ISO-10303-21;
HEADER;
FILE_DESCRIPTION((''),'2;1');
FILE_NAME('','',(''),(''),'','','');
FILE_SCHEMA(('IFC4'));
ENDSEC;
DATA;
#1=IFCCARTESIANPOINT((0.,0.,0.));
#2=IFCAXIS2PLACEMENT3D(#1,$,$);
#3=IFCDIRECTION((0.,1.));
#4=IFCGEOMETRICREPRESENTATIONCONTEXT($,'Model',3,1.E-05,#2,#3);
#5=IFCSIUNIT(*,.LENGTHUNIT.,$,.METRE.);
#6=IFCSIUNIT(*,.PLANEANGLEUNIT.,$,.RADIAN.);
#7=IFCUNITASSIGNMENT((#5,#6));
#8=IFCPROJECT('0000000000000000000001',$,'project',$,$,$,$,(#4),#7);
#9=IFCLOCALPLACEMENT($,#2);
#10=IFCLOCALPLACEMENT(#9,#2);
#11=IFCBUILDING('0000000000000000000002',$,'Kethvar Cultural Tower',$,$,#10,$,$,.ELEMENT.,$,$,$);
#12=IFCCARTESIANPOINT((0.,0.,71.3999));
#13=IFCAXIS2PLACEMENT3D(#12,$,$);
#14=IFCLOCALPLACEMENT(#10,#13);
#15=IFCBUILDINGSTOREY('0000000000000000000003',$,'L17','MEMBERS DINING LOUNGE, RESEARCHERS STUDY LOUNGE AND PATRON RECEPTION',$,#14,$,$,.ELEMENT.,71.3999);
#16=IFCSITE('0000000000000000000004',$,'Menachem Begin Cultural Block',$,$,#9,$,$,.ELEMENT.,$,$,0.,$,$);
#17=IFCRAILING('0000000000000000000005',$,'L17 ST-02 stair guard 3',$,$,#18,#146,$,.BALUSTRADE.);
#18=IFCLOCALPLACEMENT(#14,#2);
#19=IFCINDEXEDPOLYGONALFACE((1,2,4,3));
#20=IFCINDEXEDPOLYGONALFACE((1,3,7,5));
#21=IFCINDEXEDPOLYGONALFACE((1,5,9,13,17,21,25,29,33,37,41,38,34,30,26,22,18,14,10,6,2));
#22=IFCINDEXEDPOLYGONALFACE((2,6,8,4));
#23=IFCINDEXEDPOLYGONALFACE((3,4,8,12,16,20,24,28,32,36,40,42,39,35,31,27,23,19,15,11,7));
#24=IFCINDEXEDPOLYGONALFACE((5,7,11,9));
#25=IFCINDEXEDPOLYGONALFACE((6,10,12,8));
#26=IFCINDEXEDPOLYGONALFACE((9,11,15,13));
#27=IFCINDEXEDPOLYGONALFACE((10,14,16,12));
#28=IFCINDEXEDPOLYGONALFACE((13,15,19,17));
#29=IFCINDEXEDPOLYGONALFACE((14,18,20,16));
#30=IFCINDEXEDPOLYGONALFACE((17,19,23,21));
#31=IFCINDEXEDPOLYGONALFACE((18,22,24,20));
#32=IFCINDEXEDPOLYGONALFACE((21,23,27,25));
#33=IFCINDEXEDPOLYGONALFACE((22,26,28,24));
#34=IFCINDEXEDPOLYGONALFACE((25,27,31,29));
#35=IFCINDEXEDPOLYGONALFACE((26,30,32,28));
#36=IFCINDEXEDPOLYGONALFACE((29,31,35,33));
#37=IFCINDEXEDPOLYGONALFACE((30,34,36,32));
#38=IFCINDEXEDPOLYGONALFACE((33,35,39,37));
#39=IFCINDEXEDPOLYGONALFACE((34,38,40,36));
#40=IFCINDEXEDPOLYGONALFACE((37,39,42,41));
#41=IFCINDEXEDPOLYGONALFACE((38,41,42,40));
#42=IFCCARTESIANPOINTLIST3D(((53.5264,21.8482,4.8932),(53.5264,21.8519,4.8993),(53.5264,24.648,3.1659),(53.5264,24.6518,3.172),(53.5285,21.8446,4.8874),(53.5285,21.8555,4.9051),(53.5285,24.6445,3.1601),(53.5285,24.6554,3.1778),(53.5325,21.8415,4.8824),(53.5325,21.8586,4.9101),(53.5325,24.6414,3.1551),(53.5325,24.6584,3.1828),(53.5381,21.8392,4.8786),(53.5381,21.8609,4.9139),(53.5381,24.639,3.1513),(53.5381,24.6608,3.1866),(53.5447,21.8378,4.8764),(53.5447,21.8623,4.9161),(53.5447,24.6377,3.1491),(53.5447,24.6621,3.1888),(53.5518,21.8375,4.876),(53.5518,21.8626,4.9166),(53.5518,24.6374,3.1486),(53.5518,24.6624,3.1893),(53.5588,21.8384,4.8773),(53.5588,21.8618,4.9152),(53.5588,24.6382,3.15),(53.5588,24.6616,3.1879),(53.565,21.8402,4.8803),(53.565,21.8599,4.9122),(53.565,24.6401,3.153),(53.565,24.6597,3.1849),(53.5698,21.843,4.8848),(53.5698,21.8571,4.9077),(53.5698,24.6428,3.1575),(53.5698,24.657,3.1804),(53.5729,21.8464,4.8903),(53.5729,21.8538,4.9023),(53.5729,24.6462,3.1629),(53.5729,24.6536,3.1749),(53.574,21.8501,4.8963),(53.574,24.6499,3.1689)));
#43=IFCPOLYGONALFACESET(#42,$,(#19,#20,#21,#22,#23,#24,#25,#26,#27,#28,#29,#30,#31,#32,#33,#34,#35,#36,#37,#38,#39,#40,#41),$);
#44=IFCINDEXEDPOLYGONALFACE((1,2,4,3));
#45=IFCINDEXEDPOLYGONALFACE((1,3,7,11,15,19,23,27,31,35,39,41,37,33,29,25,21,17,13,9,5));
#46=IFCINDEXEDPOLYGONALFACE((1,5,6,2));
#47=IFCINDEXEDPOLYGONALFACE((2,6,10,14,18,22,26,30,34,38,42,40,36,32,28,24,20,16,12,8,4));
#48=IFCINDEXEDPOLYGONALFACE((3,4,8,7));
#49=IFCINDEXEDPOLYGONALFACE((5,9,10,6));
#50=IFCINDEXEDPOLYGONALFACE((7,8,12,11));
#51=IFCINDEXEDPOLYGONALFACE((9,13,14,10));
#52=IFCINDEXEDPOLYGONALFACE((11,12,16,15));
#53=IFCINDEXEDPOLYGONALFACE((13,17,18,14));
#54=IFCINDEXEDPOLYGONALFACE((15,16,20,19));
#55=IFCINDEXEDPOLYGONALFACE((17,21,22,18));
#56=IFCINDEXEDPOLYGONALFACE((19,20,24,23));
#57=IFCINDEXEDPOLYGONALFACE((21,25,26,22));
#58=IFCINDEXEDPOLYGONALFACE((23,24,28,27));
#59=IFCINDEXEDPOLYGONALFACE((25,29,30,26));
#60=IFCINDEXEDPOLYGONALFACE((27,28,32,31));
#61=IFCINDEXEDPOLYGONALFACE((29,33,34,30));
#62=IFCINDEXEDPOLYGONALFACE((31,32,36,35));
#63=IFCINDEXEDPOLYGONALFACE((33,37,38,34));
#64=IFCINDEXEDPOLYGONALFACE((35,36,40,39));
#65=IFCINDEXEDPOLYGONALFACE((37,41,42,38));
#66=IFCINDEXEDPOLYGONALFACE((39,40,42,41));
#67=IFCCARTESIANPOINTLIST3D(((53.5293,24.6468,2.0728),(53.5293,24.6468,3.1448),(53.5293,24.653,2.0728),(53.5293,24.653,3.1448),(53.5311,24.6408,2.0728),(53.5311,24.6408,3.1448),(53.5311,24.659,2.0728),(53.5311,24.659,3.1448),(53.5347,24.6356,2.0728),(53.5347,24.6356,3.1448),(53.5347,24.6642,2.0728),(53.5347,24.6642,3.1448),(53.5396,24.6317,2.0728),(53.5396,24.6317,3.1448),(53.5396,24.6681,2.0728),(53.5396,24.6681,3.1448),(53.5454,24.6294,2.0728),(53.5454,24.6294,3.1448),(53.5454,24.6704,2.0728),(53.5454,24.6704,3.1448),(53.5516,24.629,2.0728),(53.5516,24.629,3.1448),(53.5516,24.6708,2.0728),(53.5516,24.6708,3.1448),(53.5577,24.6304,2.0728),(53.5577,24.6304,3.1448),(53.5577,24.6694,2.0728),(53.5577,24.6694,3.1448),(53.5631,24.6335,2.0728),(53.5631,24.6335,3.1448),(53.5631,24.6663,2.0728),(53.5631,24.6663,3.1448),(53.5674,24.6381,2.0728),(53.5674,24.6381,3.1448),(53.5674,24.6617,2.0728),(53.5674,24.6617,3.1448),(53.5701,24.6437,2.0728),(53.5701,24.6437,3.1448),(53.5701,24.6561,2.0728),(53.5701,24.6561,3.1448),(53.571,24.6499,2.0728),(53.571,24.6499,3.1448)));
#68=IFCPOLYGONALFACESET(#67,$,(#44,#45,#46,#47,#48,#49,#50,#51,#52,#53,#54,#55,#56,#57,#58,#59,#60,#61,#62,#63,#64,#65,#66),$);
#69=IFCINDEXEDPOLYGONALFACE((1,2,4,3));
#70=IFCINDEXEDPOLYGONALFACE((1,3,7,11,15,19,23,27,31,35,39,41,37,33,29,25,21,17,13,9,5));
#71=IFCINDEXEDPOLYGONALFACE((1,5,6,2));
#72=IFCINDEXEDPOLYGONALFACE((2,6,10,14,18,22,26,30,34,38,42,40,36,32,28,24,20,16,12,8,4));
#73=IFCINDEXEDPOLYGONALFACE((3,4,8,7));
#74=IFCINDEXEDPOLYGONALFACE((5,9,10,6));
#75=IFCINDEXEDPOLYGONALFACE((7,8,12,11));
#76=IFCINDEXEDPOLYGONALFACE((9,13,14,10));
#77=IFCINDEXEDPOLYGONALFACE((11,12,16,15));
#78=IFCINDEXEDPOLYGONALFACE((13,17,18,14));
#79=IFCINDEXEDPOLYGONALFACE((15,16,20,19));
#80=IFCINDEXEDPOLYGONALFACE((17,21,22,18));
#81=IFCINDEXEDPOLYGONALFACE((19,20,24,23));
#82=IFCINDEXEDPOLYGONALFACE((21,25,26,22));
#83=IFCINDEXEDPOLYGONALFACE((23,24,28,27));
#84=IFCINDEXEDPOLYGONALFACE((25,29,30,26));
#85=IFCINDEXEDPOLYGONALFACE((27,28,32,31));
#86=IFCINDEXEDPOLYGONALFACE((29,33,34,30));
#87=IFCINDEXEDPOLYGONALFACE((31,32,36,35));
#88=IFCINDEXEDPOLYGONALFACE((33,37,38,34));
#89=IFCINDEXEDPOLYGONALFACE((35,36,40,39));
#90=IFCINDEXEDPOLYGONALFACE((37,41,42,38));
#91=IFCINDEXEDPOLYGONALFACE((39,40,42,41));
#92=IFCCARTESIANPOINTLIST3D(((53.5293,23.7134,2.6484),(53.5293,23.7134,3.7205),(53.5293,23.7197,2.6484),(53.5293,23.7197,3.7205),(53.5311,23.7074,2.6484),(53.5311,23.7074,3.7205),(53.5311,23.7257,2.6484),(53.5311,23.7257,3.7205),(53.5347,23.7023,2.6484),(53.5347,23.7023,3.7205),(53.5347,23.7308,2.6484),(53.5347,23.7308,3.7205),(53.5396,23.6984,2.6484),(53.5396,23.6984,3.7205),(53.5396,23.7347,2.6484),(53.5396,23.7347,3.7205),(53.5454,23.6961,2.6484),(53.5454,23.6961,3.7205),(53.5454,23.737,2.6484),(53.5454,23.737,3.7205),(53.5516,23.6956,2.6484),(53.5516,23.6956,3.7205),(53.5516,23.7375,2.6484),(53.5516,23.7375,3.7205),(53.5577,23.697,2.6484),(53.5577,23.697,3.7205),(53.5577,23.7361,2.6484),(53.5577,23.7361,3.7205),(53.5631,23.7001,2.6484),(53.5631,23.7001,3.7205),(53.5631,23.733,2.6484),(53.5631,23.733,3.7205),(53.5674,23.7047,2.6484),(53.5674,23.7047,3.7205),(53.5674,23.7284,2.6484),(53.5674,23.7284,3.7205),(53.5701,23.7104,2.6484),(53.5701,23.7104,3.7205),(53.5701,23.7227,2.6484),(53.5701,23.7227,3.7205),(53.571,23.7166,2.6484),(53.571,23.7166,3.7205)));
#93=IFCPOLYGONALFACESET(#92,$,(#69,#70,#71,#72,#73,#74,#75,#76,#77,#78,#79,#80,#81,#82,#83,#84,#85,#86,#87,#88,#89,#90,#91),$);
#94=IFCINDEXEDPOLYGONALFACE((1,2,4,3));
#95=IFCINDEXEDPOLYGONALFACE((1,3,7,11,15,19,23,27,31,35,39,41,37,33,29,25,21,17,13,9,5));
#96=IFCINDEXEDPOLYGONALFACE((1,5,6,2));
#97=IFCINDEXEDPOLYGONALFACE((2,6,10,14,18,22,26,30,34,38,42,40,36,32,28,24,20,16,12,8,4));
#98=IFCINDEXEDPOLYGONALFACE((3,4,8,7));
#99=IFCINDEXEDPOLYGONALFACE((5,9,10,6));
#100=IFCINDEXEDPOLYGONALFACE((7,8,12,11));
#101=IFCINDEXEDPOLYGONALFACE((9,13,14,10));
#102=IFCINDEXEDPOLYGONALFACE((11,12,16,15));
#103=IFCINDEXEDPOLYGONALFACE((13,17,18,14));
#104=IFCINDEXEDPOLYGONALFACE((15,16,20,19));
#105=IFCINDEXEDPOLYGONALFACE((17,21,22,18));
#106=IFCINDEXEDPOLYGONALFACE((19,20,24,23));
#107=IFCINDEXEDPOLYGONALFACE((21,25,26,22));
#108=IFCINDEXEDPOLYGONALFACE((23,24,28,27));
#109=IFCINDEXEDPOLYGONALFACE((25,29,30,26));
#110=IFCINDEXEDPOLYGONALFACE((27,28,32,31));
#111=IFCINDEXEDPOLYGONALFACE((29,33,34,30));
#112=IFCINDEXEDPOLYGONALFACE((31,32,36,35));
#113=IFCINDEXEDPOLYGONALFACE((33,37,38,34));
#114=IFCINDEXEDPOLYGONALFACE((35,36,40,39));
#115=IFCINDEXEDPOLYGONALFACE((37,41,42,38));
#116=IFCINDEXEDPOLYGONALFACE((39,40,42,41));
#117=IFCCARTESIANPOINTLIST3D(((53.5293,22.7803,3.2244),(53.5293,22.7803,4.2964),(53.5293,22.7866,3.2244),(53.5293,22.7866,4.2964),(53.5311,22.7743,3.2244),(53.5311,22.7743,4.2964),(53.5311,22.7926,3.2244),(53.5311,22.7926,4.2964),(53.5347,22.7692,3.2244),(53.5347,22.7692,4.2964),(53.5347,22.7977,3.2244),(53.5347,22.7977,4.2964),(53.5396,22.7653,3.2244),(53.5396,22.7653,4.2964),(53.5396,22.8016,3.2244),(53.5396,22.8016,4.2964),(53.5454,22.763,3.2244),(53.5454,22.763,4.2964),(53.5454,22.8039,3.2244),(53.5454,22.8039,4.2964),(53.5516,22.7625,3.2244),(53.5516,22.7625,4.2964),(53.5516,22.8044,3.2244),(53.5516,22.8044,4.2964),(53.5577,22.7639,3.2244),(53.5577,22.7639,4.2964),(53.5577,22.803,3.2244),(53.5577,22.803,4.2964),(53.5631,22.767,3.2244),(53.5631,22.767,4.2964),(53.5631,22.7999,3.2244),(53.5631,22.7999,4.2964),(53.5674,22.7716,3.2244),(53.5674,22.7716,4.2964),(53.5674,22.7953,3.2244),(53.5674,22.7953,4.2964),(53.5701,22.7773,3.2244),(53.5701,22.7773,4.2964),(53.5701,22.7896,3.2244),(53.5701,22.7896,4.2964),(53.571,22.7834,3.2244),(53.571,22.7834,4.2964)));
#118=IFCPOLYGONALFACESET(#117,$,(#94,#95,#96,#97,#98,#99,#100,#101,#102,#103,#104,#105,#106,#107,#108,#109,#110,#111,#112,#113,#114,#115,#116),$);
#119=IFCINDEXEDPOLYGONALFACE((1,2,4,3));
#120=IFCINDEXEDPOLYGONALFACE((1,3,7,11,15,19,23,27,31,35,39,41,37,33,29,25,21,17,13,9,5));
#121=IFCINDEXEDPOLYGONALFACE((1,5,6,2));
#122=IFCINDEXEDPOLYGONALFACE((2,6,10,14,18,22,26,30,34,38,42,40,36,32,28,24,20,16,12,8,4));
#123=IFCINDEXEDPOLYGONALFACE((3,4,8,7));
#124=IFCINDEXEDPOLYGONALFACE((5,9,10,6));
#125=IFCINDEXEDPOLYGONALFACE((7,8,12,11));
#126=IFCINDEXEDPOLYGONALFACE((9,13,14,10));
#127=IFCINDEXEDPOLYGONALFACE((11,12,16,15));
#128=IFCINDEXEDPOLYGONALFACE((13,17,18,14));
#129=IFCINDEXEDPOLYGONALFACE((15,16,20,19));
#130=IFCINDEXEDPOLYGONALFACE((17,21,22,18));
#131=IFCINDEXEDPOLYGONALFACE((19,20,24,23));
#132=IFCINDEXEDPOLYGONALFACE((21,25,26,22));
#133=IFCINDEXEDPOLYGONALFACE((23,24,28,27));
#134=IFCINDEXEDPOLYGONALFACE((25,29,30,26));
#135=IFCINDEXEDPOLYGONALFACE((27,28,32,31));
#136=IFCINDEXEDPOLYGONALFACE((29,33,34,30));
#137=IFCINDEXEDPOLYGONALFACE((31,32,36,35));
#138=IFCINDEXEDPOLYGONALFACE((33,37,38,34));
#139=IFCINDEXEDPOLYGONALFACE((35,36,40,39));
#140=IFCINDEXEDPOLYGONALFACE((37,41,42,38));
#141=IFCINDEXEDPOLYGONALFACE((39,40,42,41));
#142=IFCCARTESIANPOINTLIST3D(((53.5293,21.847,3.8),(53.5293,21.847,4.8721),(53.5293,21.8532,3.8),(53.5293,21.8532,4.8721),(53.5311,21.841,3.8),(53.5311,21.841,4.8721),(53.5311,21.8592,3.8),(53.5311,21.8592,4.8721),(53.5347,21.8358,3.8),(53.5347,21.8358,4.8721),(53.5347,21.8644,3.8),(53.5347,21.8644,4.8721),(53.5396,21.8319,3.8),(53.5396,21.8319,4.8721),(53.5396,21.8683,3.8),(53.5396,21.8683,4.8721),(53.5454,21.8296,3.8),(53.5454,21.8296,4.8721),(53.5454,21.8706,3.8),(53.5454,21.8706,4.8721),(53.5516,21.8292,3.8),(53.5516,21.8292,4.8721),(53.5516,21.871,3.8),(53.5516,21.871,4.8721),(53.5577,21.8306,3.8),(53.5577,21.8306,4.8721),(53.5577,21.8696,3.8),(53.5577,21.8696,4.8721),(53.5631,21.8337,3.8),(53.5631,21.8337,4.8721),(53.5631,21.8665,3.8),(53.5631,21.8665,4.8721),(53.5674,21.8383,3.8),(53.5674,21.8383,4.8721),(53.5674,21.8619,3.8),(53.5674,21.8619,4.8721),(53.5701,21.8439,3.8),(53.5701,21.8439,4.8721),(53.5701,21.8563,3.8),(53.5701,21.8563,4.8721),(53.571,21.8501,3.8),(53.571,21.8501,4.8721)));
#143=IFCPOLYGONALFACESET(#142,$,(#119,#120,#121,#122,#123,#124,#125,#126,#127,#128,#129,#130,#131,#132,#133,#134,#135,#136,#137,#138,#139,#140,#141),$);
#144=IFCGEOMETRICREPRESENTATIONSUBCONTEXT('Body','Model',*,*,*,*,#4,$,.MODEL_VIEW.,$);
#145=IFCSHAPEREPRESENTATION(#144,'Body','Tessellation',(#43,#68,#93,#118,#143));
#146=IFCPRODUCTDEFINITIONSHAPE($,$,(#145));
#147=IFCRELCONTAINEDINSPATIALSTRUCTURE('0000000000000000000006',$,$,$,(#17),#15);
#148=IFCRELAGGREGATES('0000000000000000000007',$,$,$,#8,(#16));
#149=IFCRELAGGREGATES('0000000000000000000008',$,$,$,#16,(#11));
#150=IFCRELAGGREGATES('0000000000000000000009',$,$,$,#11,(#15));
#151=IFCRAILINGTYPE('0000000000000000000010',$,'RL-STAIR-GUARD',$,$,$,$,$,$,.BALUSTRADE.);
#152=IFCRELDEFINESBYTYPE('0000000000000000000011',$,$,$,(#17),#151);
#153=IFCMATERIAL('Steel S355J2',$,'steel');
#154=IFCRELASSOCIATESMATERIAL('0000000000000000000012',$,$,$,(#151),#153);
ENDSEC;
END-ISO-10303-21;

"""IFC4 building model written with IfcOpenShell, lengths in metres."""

from ifc_helpers import new_model, si_unit, direction, frame, origin, origin_2d, place, context, subcontext, project, spatial, circle, extrude, material, type_object, element, save


model = new_model("IFC4")

# Units and contexts
model_context = context("Model", 3, precision=1e-05, world=origin(), true_north=direction((0.0, 1.0)))
body_context = subcontext(model_context, "Body", "Model", "MODEL_VIEW")
ifc_project = project(units=[si_unit("LENGTHUNIT", "METRE"), si_unit("PLANEANGLEUNIT", "RADIAN")], contexts=[model_context])

# Site, building, storey
site_placement = place(None, origin())
site = spatial("IfcSite", under=ifc_project, at=site_placement, Name="Menachem Begin Cultural Block", CompositionType="ELEMENT", RefElevation=0.0)
building_placement = place(site_placement, origin())
building = spatial("IfcBuilding", under=site, at=building_placement, Name="Kethvar Cultural Tower", CompositionType="ELEMENT")
storey_placement = place(building_placement, frame((0.0, 0.0, 71.3999)))
storey = spatial("IfcBuildingStorey", under=building, at=storey_placement, Name="L17", Description="MEMBERS DINING LOUNGE, RESEARCHERS STUDY LOUNGE AND PATRON RECEPTION", CompositionType="ELEMENT", Elevation=71.3999)

# Shared definitions
ifc_material_1 = material(Name="Steel S355J2", Category="steel")

# Railing
railing_type_1 = type_object("IfcRailingType", Name="RL-STAIR-GUARD", PredefinedType="BALUSTRADE", material=ifc_material_1)
railing_1_placement = place(storey_placement, frame((53.55, 24.6499, 2.0728)))
element("IfcRailing", 1, at=railing_1_placement, inside=storey, type_object=railing_type_1, Name="L17 ST-02 stair guard 3", PredefinedType="BALUSTRADE", context=body_context, shape_type="SweptSolid", body=[
    extrude(circle(Radius=0.0239, at=origin_2d()), frame((0.0, 0.0, 1.0962), z_axis=(0.0, -0.851069, 0.525054), x_axis=(1.0, 0.0, 0.0)), (0.0, 0.0, 1.0), 3.2898),
    extrude(circle(Radius=0.021, at=origin_2d()), origin(), (0.0, 0.0, 1.0), 1.072),
    extrude(circle(Radius=0.021, at=origin_2d()), frame((0.0, -0.9333, 0.5757)), (0.0, 0.0, 1.0), 1.072),
    extrude(circle(Radius=0.021, at=origin_2d()), frame((0.0, -1.8665, 1.1516)), (0.0, 0.0, 1.0), 1.072),
    extrude(circle(Radius=0.021, at=origin_2d()), frame((0.0, -2.7998, 1.7273)), (0.0, 0.0, 1.0), 1.072),
])

save(model, "model.ifc")
